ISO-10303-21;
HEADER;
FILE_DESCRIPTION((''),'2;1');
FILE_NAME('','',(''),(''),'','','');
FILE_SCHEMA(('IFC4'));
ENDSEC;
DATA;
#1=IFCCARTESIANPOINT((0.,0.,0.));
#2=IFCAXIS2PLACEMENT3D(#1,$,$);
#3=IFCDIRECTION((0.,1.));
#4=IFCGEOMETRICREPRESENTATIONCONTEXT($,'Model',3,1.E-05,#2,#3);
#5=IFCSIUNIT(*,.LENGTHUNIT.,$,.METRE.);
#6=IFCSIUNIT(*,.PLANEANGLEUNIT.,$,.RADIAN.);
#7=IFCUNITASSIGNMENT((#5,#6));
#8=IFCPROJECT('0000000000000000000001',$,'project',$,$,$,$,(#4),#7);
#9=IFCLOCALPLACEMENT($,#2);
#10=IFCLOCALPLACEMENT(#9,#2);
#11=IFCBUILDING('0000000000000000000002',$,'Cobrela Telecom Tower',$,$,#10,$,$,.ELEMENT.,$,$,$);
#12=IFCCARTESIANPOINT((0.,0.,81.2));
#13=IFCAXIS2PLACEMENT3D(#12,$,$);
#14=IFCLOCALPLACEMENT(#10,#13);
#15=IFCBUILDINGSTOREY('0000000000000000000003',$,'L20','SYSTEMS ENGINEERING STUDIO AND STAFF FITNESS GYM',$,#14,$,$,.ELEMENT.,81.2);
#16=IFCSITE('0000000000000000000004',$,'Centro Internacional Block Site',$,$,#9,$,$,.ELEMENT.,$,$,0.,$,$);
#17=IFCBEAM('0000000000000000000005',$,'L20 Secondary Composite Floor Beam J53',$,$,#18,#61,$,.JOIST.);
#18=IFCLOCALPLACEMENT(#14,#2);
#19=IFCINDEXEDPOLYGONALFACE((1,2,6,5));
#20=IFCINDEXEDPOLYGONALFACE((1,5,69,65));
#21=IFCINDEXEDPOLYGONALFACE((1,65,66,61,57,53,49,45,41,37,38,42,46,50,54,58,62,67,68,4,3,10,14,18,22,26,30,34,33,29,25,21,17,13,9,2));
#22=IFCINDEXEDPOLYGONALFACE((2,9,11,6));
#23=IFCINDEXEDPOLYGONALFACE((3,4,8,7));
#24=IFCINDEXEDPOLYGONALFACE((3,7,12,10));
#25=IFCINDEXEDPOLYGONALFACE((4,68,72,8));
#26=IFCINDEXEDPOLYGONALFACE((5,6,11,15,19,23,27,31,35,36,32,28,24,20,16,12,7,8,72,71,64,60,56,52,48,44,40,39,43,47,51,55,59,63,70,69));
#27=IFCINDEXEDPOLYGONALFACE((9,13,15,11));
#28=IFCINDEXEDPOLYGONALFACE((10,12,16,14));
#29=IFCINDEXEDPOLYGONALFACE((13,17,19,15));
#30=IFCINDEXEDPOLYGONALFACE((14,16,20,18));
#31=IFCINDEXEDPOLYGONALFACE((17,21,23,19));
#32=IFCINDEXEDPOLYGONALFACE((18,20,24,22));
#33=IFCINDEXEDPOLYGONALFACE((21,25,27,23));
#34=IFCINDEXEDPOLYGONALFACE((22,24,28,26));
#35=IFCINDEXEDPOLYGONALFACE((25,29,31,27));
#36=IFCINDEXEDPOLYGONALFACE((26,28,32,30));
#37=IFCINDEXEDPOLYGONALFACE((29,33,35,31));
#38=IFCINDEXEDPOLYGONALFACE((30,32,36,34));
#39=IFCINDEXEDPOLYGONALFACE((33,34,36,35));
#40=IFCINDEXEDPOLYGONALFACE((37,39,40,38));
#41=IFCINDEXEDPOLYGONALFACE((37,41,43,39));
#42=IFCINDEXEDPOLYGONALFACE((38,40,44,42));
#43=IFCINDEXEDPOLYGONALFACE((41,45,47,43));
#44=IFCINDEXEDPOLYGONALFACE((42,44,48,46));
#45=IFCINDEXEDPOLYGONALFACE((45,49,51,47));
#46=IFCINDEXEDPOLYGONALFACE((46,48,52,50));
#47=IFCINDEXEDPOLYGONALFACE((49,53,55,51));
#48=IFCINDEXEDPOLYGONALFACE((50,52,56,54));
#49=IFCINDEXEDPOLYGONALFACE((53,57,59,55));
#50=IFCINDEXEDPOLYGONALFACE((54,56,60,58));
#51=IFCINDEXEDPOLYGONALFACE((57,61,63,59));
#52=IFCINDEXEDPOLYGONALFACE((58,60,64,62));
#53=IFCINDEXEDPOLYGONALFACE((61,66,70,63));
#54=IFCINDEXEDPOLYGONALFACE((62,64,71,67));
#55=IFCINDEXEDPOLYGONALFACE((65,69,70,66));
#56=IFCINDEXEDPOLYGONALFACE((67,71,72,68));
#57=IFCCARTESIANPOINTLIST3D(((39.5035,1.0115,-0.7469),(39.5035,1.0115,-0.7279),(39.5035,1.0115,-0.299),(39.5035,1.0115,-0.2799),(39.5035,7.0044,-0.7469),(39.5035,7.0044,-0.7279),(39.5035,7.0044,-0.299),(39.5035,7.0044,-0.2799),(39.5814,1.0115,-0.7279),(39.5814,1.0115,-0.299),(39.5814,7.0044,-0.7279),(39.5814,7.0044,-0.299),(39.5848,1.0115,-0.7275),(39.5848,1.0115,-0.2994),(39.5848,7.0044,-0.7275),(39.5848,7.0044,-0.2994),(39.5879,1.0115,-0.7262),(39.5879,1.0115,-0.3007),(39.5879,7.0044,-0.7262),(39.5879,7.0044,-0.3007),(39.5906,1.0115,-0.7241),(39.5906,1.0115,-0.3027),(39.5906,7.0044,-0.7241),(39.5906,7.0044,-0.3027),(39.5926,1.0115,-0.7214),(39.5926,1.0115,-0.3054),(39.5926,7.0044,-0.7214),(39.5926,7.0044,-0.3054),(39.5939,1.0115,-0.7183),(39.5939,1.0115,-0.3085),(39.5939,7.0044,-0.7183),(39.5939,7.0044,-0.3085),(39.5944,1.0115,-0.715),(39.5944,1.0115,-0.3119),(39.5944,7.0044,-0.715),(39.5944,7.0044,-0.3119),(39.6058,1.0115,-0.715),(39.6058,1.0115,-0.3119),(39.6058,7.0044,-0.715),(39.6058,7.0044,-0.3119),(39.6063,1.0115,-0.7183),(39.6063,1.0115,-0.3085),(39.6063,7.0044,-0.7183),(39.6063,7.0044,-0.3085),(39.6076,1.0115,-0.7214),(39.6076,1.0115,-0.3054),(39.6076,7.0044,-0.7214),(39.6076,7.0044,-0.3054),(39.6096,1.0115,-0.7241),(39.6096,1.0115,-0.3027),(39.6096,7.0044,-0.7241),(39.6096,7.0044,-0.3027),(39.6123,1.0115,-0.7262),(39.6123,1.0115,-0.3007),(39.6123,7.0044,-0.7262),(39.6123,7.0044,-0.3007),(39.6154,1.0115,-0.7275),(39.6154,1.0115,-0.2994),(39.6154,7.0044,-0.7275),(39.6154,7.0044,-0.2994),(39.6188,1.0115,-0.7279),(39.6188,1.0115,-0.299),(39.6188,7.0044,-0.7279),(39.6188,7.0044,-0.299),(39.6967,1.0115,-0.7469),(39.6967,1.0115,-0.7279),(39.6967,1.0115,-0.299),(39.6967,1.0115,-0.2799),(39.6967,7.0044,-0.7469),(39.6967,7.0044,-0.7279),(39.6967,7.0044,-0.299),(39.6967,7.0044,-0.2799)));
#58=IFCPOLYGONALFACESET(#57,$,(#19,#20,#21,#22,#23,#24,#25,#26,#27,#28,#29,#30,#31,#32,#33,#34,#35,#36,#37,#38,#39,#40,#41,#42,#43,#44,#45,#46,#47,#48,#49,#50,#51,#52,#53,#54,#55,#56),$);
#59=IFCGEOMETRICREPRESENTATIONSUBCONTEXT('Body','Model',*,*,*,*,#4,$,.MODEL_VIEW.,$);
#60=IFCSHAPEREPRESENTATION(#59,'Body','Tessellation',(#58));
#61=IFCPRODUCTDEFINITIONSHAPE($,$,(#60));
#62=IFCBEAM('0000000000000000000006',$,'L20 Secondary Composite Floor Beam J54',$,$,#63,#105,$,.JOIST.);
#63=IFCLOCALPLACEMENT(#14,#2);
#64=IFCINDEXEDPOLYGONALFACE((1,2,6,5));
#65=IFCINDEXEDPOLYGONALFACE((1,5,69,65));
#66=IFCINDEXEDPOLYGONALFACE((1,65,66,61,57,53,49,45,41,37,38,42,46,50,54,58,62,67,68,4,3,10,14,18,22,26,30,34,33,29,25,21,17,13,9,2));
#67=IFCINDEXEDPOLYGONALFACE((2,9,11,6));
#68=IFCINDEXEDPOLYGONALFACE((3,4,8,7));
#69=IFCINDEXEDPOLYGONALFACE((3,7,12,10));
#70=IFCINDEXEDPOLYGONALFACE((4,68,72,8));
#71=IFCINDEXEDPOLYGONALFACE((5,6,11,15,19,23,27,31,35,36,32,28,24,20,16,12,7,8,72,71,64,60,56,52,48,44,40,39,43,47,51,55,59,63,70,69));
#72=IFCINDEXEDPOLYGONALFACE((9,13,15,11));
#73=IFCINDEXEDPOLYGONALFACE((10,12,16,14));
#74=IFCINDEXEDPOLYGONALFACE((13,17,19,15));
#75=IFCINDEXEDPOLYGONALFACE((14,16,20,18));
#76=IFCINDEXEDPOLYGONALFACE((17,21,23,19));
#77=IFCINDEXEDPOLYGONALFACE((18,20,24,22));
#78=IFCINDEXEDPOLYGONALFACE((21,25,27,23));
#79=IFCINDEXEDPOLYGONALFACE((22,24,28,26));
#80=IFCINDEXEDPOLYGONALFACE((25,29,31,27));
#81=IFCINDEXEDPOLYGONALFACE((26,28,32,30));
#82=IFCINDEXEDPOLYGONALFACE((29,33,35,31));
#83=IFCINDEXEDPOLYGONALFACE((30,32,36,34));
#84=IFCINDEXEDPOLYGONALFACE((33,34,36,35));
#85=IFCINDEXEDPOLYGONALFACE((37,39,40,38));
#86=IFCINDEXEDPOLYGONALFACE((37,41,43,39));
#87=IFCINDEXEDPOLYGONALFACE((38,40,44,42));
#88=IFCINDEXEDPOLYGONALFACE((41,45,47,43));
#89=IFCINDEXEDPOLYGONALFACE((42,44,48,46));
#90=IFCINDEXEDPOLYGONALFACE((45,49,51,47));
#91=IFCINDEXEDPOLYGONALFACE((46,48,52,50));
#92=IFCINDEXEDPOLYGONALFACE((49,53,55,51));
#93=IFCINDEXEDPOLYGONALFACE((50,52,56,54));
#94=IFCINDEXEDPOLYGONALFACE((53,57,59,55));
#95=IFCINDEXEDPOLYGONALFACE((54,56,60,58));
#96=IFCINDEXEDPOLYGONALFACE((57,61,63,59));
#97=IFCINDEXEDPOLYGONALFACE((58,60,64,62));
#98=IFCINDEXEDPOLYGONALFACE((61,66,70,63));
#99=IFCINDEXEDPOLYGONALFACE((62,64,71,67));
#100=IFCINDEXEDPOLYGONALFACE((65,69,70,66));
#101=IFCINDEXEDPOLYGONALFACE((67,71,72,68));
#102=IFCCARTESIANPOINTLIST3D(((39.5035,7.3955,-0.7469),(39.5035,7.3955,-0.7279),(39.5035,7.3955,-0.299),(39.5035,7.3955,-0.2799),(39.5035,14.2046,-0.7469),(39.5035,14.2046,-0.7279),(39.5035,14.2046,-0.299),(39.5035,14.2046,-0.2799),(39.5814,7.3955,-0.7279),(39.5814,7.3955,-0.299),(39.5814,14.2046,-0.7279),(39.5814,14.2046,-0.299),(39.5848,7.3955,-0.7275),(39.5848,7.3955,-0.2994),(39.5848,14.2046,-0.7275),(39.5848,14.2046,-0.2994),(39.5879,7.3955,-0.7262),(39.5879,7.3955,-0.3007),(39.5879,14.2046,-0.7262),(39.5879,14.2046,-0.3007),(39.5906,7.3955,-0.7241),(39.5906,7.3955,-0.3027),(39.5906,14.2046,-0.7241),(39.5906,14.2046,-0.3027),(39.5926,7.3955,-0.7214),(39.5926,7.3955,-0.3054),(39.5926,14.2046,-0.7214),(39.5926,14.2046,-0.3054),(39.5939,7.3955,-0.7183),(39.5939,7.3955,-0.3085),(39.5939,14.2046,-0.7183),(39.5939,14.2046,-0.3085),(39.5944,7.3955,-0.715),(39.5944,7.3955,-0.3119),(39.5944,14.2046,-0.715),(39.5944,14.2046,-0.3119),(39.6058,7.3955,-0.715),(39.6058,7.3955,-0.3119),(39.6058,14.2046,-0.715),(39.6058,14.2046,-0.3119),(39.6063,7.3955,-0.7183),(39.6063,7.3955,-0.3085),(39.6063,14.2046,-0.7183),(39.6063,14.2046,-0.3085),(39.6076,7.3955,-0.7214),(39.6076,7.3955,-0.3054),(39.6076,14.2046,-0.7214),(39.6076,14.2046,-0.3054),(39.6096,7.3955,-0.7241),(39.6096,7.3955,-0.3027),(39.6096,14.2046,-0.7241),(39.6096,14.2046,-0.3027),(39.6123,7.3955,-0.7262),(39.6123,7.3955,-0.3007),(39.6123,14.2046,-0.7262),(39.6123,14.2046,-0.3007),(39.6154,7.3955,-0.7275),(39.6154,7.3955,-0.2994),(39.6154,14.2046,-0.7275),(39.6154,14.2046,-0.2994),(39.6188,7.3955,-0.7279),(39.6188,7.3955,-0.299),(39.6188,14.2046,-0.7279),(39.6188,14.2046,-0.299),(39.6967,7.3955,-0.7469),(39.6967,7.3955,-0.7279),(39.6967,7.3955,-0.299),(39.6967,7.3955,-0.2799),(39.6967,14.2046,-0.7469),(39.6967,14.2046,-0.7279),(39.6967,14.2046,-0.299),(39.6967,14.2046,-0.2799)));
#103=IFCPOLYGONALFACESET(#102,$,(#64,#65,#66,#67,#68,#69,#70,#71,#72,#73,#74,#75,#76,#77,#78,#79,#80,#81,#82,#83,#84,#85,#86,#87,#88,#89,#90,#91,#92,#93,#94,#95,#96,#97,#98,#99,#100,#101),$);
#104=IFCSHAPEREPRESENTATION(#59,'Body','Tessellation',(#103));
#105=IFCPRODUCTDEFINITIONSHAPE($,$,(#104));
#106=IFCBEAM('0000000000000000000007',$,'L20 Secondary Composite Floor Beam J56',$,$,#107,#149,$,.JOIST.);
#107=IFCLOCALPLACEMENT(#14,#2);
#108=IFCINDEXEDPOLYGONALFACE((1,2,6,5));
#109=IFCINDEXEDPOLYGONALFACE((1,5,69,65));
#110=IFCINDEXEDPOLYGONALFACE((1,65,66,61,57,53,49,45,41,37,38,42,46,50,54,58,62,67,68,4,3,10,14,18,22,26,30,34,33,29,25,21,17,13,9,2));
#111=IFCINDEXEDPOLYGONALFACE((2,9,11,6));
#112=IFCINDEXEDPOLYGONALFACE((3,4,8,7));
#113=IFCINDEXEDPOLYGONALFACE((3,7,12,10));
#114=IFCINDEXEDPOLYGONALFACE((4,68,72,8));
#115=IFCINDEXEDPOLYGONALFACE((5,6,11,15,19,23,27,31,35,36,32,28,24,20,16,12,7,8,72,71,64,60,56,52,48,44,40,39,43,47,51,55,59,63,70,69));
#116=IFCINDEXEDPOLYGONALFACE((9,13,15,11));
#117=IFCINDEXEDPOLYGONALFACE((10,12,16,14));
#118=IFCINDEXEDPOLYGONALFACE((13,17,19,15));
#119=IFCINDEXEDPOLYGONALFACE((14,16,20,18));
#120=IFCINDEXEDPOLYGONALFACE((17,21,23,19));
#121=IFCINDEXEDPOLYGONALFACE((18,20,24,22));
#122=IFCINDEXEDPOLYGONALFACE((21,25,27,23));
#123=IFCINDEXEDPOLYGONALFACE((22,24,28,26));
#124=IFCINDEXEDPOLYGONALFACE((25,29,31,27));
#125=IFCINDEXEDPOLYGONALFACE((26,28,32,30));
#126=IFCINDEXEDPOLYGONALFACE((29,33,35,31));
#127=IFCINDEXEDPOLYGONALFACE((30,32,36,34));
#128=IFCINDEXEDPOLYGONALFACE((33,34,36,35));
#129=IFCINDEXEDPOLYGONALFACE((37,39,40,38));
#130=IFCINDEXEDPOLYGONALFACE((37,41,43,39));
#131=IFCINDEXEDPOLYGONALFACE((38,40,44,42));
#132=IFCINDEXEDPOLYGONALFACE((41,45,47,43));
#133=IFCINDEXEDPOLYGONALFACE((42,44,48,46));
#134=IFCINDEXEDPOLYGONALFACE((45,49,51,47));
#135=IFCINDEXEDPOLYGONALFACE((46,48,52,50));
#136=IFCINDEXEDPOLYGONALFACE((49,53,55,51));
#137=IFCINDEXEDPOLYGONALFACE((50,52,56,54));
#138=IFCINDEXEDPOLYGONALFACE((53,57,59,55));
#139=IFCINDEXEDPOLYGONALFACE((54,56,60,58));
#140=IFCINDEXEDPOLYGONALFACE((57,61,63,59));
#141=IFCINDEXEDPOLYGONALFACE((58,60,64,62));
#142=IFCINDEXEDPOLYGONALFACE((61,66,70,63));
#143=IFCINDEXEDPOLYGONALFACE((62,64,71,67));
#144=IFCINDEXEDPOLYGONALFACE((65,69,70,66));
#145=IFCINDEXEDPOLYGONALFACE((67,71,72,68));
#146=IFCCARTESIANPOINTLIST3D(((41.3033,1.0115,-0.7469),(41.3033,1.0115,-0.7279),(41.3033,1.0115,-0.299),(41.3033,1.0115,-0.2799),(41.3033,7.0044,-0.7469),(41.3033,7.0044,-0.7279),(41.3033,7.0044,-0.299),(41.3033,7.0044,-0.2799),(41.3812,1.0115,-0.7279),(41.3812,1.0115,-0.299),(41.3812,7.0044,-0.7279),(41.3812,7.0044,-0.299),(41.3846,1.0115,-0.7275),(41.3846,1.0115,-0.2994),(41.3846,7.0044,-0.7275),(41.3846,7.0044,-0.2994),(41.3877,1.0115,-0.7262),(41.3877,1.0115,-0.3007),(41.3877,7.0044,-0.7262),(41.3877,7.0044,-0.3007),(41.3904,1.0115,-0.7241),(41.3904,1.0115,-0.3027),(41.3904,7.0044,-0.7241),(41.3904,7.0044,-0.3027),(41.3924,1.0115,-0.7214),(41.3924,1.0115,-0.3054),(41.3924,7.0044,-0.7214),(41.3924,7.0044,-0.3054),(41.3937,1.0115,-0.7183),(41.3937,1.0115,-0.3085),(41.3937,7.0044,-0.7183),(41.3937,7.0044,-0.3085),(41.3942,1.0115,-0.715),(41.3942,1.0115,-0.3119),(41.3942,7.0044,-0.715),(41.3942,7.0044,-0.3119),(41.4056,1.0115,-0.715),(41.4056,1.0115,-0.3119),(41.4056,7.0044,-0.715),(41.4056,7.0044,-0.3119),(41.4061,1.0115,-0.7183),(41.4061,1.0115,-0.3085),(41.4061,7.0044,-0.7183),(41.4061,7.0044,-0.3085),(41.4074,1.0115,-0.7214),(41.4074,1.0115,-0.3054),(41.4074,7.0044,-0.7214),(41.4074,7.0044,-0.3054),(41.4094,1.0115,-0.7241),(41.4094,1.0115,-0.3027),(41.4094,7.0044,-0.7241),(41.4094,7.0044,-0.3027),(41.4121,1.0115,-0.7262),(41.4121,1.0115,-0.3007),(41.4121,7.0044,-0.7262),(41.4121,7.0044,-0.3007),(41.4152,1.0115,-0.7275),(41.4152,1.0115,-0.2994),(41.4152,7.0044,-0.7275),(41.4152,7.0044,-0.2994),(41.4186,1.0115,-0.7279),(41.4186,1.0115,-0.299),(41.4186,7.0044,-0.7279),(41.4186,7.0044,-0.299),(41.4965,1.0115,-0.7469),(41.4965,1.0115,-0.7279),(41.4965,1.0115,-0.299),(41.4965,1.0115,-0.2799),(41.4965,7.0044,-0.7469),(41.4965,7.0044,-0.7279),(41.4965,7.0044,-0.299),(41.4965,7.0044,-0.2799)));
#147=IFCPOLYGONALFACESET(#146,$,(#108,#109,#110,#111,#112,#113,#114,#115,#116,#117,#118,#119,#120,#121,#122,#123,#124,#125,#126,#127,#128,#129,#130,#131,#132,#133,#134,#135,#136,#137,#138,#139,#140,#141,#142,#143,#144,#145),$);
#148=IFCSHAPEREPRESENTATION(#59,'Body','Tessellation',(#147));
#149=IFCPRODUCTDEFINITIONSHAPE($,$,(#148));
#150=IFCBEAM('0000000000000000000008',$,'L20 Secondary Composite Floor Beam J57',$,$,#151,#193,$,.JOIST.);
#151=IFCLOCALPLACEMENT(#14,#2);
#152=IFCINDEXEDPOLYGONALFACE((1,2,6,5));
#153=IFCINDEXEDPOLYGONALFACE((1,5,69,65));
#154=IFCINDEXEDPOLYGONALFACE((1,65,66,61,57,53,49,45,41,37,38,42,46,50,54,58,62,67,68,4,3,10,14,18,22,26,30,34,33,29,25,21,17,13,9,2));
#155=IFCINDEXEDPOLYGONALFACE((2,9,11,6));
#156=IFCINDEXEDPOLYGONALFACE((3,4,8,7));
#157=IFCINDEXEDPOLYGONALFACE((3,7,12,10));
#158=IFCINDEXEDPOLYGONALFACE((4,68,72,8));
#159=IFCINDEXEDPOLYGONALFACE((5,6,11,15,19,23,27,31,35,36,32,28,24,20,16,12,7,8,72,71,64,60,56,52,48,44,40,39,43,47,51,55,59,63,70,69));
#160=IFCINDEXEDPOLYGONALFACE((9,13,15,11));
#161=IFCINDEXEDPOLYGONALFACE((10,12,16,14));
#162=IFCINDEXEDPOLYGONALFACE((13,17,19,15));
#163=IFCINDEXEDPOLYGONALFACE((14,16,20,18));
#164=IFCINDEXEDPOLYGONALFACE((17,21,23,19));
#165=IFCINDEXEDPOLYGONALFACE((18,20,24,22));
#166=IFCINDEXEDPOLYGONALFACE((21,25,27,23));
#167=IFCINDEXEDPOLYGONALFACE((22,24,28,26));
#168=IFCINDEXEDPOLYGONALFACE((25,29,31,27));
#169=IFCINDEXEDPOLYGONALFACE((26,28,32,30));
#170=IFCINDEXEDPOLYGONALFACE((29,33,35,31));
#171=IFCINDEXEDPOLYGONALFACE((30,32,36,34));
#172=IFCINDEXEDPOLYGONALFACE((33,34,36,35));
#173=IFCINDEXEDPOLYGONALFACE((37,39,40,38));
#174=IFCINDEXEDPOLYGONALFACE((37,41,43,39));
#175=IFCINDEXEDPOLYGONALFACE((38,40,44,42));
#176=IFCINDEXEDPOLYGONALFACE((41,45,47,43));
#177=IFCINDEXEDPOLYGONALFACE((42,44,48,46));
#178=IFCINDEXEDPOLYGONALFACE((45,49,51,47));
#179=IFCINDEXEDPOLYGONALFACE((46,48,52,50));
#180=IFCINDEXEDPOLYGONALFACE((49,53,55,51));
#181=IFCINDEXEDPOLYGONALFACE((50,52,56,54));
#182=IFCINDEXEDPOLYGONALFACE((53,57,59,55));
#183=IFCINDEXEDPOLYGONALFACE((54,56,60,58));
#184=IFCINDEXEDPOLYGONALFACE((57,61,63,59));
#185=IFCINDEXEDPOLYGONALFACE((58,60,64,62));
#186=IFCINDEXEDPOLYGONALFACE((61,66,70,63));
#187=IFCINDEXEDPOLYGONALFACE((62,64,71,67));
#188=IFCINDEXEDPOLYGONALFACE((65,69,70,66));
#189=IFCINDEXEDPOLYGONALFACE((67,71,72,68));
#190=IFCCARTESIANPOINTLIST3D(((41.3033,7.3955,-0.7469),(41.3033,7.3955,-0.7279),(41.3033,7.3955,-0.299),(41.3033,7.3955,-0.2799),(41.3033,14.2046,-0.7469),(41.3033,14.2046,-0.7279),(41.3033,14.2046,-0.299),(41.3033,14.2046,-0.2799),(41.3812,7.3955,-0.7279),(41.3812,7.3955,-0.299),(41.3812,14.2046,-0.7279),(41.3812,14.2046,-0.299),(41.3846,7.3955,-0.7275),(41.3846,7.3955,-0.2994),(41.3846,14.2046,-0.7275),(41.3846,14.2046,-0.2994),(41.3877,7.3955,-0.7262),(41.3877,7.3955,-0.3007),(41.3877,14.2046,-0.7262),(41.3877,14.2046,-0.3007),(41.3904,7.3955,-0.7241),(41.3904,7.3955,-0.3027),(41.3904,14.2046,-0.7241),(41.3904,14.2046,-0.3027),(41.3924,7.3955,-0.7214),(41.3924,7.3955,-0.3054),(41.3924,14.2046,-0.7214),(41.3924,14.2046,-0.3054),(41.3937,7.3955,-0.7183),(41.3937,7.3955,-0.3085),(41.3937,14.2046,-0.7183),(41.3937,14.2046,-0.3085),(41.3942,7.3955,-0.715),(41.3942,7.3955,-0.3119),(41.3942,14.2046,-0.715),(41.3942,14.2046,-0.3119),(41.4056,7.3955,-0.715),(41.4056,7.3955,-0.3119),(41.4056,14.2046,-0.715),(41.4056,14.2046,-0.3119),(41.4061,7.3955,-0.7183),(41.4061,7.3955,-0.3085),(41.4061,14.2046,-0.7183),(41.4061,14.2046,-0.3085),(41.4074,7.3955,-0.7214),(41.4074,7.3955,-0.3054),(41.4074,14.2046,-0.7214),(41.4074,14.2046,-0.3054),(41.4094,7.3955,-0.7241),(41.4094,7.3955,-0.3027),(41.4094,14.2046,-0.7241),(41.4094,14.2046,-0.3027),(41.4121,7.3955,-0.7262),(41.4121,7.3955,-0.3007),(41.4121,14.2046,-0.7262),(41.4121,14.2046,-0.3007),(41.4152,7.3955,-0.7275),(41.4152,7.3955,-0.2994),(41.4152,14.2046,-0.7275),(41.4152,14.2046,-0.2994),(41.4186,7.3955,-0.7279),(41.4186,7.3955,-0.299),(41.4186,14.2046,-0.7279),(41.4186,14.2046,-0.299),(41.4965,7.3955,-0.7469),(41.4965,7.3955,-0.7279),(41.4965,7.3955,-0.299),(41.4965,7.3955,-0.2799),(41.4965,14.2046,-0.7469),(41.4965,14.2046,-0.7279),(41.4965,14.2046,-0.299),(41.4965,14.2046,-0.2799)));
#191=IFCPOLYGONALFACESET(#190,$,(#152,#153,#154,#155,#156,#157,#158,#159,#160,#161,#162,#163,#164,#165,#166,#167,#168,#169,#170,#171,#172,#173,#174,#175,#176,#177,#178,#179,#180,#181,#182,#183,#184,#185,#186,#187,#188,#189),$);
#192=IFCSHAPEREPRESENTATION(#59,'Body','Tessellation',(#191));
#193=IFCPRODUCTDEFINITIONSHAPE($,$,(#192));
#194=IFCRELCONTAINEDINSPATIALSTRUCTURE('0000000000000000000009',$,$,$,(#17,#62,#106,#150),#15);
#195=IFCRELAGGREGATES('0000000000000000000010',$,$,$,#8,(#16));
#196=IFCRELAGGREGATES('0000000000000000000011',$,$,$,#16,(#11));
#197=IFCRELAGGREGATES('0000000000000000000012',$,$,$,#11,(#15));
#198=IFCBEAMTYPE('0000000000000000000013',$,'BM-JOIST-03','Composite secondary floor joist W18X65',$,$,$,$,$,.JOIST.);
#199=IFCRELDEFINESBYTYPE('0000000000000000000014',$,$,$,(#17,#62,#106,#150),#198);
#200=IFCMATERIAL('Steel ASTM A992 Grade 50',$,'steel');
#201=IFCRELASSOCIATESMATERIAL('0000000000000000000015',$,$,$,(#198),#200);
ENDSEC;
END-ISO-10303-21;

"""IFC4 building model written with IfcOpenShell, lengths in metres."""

from ifc_helpers import new_model, si_unit, direction, frame, origin, origin_2d, place, context, subcontext, project, spatial, i_section, extrude, material, material_profile, profile_set, type_object, element, save


model = new_model("IFC4")

# Units and contexts
model_context = context("Model", 3, precision=1e-05, world=origin(), true_north=direction((0.0, 1.0)))
body_context = subcontext(model_context, "Body", "Model", "MODEL_VIEW")
ifc_project = project(units=[si_unit("LENGTHUNIT", "METRE"), si_unit("PLANEANGLEUNIT", "RADIAN")], contexts=[model_context])

# Site, building, storey
site_placement = place(None, origin())
site = spatial("IfcSite", under=ifc_project, at=site_placement, Name="Centro Internacional Block Site", CompositionType="ELEMENT", RefElevation=0.0)
building_placement = place(site_placement, origin())
building = spatial("IfcBuilding", under=site, at=building_placement, Name="Cobrela Telecom Tower", CompositionType="ELEMENT")
storey_placement = place(building_placement, frame((0.0, 0.0, 81.2)))
storey = spatial("IfcBuildingStorey", under=building, at=storey_placement, Name="L20", Description="SYSTEMS ENGINEERING STUDIO AND STAFF FITNESS GYM", CompositionType="ELEMENT", Elevation=81.2)

# Shared definitions
ifc_material_1 = material(Name="Steel ASTM A992 Grade 50", Category="steel")

# Beams
ifc_material_profile_1 = material_profile(ifc_material_1, i_section(OverallWidth=0.1931, OverallDepth=0.467, WebThickness=0.0115, FlangeThickness=0.019, FilletRadius=0.0129, at=origin_2d()), Name="W18X65")
ifc_profile_set_1 = profile_set([ifc_material_profile_1], Name="Steel ASTM A992 Grade 50")
beam_type_1 = type_object("IfcBeamType", Name="BM-JOIST-03", Description="Composite secondary floor joist W18X65", PredefinedType="JOIST", material=ifc_profile_set_1)
beam_1_placement = place(storey_placement, frame((39.6001, 1.0115, -0.5134), z_axis=(0.0, 1.0, 0.0), x_axis=(-1.0, 0.0, 0.0)))
element("IfcBeam", 1, at=beam_1_placement, inside=storey, type_object=beam_type_1, Name="L20 Secondary Composite Floor Beam J53", PredefinedType="JOIST", context=body_context, shape_type="SweptSolid", body=[
    extrude(i_section(OverallWidth=0.1931, OverallDepth=0.467, WebThickness=0.0115, FlangeThickness=0.019, FilletRadius=0.0129, at=origin_2d()), origin(), (0.0, 0.0, 1.0), 5.9929),
])
beam_2_placement = place(storey_placement, frame((39.6001, 7.3955, -0.5134), z_axis=(0.0, 1.0, 0.0), x_axis=(-1.0, 0.0, 0.0)))
element("IfcBeam", 2, at=beam_2_placement, inside=storey, type_object=beam_type_1, Name="L20 Secondary Composite Floor Beam J54", PredefinedType="JOIST", context=body_context, shape_type="SweptSolid", body=[
    extrude(i_section(OverallWidth=0.1931, OverallDepth=0.467, WebThickness=0.0115, FlangeThickness=0.019, FilletRadius=0.0129, at=origin_2d()), origin(), (0.0, 0.0, 1.0), 6.8091),
])
beam_3_placement = place(storey_placement, frame((41.3999, 1.0115, -0.5134), z_axis=(0.0, 1.0, 0.0), x_axis=(-1.0, 0.0, 0.0)))
element("IfcBeam", 3, at=beam_3_placement, inside=storey, type_object=beam_type_1, Name="L20 Secondary Composite Floor Beam J56", PredefinedType="JOIST", context=body_context, shape_type="SweptSolid", body=[
    extrude(i_section(OverallWidth=0.1931, OverallDepth=0.467, WebThickness=0.0115, FlangeThickness=0.019, FilletRadius=0.0129, at=origin_2d()), origin(), (0.0, 0.0, 1.0), 5.9929),
])
beam_4_placement = place(storey_placement, frame((41.3999, 7.3955, -0.5134), z_axis=(0.0, 1.0, 0.0), x_axis=(-1.0, 0.0, 0.0)))
element("IfcBeam", 4, at=beam_4_placement, inside=storey, type_object=beam_type_1, Name="L20 Secondary Composite Floor Beam J57", PredefinedType="JOIST", context=body_context, shape_type="SweptSolid", body=[
    extrude(i_section(OverallWidth=0.1931, OverallDepth=0.467, WebThickness=0.0115, FlangeThickness=0.019, FilletRadius=0.0129, at=origin_2d()), origin(), (0.0, 0.0, 1.0), 6.8091),
])

save(model, "model.ifc")
